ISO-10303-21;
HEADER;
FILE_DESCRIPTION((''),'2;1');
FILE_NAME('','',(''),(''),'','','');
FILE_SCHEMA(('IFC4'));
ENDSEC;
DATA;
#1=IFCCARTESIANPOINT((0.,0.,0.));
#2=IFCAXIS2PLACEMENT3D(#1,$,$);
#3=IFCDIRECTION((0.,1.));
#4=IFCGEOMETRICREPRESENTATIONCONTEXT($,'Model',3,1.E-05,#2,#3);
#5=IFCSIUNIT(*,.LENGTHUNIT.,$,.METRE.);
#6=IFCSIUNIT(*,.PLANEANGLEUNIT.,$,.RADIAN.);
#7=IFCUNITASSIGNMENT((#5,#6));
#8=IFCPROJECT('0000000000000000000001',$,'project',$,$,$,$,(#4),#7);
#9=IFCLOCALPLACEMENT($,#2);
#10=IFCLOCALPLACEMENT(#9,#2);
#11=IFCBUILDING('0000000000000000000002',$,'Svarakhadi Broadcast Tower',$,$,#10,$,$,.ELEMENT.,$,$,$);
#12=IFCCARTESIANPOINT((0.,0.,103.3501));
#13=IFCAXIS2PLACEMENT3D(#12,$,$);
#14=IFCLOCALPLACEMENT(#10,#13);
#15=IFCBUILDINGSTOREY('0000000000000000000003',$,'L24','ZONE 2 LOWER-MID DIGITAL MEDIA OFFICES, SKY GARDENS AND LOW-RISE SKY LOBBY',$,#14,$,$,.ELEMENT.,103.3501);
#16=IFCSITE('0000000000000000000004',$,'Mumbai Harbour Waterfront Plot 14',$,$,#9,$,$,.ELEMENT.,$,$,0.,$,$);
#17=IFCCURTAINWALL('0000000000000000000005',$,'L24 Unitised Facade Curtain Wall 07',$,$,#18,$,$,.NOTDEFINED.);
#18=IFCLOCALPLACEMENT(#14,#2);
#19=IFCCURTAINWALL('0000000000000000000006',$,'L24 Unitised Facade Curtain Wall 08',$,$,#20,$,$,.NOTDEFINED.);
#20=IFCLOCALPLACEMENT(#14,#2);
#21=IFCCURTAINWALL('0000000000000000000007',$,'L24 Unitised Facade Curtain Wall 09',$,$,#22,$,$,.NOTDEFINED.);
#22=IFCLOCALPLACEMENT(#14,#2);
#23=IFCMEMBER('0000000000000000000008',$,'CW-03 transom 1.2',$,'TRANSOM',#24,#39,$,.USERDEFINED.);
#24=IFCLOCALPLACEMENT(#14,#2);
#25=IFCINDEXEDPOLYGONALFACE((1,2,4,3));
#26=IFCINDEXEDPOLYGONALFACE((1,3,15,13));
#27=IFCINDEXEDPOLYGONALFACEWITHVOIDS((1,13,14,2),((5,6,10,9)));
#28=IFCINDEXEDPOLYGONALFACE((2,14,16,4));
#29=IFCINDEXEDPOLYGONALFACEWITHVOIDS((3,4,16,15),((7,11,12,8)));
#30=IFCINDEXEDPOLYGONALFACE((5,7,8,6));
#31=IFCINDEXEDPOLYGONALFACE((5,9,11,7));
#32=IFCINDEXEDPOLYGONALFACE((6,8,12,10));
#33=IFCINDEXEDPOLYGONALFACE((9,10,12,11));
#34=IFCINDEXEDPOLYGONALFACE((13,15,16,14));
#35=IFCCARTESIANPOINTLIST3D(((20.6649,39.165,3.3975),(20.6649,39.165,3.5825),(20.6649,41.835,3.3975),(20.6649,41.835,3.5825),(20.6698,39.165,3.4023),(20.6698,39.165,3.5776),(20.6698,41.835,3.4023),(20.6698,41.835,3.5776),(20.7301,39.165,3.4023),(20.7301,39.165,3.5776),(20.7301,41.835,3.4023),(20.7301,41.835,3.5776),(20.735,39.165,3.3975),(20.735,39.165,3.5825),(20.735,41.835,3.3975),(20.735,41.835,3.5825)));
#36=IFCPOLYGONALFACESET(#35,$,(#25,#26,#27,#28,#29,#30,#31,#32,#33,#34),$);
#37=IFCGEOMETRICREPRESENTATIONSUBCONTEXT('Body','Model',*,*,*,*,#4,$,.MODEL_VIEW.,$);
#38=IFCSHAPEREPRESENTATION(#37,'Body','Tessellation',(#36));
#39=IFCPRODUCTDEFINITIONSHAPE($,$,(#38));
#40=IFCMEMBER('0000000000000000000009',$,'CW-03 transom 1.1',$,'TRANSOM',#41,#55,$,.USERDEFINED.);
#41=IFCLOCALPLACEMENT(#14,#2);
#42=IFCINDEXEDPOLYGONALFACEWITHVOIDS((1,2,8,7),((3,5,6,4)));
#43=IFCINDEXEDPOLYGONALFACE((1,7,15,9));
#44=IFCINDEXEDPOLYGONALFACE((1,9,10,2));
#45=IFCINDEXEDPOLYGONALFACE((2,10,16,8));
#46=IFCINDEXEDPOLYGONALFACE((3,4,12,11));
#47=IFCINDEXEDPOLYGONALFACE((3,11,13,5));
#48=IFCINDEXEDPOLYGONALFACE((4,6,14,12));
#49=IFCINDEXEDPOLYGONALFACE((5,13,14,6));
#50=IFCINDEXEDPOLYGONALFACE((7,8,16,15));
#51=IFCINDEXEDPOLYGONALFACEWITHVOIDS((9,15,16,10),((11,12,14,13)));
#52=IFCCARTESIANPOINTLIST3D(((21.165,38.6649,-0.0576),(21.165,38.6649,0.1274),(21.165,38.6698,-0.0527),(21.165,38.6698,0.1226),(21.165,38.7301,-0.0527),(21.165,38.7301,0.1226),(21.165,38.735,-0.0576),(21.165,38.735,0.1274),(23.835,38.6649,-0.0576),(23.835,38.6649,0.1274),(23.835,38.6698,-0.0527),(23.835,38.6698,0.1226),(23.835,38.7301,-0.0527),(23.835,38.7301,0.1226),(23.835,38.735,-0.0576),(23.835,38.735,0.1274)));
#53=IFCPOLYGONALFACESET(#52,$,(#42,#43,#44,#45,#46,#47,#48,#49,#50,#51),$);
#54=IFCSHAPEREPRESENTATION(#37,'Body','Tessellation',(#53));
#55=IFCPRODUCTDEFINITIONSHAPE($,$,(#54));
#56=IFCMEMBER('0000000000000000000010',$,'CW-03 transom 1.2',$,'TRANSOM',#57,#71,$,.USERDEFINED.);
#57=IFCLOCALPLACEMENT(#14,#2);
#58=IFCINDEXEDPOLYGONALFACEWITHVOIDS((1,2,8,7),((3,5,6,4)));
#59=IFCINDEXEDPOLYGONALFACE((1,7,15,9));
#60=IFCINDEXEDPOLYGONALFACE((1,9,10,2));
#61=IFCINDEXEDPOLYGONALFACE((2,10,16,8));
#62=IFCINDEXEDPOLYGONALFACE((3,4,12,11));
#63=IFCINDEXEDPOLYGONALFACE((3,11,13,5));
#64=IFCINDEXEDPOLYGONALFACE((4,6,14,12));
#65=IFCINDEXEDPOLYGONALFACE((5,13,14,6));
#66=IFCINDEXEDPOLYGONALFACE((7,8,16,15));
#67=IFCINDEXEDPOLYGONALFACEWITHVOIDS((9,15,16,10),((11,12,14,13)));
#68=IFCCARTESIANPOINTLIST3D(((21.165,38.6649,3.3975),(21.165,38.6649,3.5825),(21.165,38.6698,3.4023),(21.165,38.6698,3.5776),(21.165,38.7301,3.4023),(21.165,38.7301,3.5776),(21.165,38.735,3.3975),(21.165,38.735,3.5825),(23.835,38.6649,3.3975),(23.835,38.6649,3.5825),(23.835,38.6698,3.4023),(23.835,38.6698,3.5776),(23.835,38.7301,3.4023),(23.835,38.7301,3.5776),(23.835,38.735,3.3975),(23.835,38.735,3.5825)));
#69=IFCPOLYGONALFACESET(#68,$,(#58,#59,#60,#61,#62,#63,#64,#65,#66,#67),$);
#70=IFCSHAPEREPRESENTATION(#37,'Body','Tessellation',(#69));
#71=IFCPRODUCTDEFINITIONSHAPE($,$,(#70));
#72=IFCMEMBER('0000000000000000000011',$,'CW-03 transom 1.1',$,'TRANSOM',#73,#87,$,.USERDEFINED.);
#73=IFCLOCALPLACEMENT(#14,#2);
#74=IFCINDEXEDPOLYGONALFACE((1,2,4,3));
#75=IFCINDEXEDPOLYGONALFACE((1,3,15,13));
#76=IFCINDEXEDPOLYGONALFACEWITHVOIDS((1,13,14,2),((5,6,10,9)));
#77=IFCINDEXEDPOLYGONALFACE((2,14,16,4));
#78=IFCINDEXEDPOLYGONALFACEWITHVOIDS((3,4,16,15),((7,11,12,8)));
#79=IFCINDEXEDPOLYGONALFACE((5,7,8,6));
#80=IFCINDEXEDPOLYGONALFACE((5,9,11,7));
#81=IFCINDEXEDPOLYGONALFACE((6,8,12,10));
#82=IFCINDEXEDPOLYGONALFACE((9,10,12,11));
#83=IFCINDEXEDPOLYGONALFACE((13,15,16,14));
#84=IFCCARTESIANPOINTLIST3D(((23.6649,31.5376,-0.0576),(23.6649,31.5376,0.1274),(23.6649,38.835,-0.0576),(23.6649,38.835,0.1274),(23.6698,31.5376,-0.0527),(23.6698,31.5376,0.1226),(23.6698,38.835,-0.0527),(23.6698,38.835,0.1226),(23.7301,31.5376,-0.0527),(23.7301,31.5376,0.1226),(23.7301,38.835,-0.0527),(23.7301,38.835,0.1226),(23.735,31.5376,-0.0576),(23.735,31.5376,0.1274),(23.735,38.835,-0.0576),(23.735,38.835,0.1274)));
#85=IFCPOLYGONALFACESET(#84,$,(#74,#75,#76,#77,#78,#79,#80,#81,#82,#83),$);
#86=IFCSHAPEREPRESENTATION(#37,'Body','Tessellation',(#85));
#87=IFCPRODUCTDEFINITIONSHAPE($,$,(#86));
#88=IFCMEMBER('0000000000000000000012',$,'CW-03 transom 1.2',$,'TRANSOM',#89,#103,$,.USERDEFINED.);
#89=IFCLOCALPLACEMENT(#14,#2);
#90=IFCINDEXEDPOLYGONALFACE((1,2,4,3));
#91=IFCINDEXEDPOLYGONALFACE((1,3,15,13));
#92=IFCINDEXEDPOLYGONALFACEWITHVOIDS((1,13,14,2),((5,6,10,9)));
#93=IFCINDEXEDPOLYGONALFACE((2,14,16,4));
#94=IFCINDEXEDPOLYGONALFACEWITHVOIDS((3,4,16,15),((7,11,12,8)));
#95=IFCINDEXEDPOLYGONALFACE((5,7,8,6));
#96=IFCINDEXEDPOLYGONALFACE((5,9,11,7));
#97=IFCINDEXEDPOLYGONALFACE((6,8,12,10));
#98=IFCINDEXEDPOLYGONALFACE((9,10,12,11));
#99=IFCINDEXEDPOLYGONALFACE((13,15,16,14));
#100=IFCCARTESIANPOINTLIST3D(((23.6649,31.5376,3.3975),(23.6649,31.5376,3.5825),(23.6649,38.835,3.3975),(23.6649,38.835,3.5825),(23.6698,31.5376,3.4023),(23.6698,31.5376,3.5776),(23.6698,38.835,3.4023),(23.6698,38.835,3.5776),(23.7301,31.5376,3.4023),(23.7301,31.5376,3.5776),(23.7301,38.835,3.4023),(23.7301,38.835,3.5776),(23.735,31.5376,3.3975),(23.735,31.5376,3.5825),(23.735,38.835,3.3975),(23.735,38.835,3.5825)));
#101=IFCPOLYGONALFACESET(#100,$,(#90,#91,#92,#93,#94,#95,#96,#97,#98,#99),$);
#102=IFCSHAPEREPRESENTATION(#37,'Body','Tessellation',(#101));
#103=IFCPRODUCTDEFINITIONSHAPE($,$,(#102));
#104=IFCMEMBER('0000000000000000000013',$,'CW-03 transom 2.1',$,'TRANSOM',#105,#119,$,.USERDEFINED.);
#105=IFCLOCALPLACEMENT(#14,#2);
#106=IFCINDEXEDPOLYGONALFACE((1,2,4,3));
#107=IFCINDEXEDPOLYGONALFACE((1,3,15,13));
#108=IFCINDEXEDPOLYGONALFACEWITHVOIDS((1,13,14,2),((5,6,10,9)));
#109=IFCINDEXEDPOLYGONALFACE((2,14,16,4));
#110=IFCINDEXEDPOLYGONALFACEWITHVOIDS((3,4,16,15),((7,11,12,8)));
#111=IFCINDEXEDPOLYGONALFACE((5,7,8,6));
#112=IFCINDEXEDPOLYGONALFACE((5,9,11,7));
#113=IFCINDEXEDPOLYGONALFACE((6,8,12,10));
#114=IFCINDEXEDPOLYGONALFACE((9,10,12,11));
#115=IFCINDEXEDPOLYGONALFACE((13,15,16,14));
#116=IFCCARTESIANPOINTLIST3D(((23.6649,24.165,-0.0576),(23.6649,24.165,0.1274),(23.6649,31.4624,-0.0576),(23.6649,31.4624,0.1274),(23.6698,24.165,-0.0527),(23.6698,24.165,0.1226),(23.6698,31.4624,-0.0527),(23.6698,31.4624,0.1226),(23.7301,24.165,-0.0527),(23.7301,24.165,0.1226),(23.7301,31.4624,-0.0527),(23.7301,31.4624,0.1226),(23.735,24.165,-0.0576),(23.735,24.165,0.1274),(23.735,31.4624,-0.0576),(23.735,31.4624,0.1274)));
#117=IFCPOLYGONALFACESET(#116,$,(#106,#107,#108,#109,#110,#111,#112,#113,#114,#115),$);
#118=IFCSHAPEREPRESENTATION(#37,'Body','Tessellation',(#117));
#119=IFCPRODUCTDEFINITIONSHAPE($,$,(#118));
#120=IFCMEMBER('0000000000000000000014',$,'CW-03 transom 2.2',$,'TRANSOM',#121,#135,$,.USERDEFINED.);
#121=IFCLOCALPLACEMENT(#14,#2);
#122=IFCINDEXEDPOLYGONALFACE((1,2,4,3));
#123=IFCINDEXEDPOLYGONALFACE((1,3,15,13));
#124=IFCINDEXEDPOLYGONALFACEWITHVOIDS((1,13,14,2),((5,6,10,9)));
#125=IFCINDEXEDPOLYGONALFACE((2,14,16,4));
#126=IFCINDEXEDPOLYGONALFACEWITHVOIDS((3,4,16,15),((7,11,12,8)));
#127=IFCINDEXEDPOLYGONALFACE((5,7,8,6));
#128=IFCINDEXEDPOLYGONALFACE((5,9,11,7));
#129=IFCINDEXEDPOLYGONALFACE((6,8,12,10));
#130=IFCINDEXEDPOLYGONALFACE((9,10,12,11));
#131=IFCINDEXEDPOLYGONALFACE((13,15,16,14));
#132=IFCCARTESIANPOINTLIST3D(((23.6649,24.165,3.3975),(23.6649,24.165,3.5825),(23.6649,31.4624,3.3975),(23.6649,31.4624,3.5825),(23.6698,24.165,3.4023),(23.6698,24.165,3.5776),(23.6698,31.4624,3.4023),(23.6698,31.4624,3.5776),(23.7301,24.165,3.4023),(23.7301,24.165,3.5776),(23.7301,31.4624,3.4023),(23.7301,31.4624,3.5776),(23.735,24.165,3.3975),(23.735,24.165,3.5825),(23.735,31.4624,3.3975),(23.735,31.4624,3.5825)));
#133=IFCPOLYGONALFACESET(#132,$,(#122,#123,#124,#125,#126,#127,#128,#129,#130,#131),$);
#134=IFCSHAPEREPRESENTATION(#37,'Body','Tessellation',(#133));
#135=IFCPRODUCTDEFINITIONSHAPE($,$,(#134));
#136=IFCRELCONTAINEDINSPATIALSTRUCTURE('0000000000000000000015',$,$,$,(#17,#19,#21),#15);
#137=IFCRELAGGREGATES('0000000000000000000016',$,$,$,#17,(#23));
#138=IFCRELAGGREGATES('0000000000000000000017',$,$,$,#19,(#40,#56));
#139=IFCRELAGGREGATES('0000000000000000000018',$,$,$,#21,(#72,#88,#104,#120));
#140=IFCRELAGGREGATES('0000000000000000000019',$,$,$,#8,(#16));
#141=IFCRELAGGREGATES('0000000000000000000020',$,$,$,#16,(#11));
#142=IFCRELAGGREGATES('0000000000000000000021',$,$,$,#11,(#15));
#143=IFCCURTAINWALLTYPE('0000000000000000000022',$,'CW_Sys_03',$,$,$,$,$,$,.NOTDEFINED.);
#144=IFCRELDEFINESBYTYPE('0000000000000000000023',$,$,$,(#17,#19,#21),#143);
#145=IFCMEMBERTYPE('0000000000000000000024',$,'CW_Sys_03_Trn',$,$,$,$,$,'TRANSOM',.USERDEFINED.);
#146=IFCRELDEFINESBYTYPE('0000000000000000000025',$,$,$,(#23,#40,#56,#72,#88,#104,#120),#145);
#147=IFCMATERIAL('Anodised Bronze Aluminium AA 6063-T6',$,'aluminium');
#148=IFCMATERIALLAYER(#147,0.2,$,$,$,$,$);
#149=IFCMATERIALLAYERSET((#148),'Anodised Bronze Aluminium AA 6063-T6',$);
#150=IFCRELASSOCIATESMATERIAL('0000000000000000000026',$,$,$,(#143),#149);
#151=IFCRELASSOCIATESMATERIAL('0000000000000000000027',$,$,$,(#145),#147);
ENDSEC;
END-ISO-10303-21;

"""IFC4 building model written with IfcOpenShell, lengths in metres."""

from ifc_helpers import new_model, si_unit, direction, frame, origin, origin_2d, place, context, subcontext, project, spatial, hollow_rectangle, extrude, material, layer, layer_set, material_profile, profile_set, type_object, element, aggregate, save


model = new_model("IFC4")

# Units and contexts
model_context = context("Model", 3, precision=1e-05, world=origin(), true_north=direction((0.0, 1.0)))
body_context = subcontext(model_context, "Body", "Model", "MODEL_VIEW")
ifc_project = project(units=[si_unit("LENGTHUNIT", "METRE"), si_unit("PLANEANGLEUNIT", "RADIAN")], contexts=[model_context])

# Site, building, storey
site_placement = place(None, origin())
site = spatial("IfcSite", under=ifc_project, at=site_placement, Name="Mumbai Harbour Waterfront Plot 14", CompositionType="ELEMENT", RefElevation=0.0)
building_placement = place(site_placement, origin())
building = spatial("IfcBuilding", under=site, at=building_placement, Name="Svarakhadi Broadcast Tower", CompositionType="ELEMENT")
storey_placement = place(building_placement, frame((0.0, 0.0, 103.3501)))
storey = spatial("IfcBuildingStorey", under=building, at=storey_placement, Name="L24", Description="ZONE 2 LOWER-MID DIGITAL MEDIA OFFICES, SKY GARDENS AND LOW-RISE SKY LOBBY", CompositionType="ELEMENT", Elevation=103.3501)

# Curtain walls
ifc_material_1 = material(Name="Anodised Bronze Aluminium AA 6063-T6", Category="aluminium")
ifc_layer_1 = layer(ifc_material_1, 0.2)
ifc_layer_set_1 = layer_set([ifc_layer_1], Name="Anodised Bronze Aluminium AA 6063-T6")
curtain_wall_type = type_object("IfcCurtainWallType", Name="CW_Sys_03", PredefinedType="NOTDEFINED", material=ifc_layer_set_1)
curtain_wall_1_placement = place(storey_placement, origin())
curtain_wall_1 = element("IfcCurtainWall", 1, at=curtain_wall_1_placement, inside=storey, type_object=curtain_wall_type, Name="L24 Unitised Facade Curtain Wall 07", PredefinedType="NOTDEFINED")
curtain_wall_2_placement = place(storey_placement, origin())
curtain_wall_2 = element("IfcCurtainWall", 2, at=curtain_wall_2_placement, inside=storey, type_object=curtain_wall_type, Name="L24 Unitised Facade Curtain Wall 08", PredefinedType="NOTDEFINED")
curtain_wall_3_placement = place(storey_placement, origin())
curtain_wall_3 = element("IfcCurtainWall", 3, at=curtain_wall_3_placement, inside=storey, type_object=curtain_wall_type, Name="L24 Unitised Facade Curtain Wall 09", PredefinedType="NOTDEFINED")

# Members
ifc_material_profile_1 = material_profile(ifc_material_1, hollow_rectangle(XDim=0.0701, YDim=0.1851, WallThickness=0.0049, at=origin_2d()), Name="ALU TRANSOM 185x70x5")
ifc_profile_set_1 = profile_set([ifc_material_profile_1], Name="Anodised Bronze Aluminium AA 6063-T6")
member_type_1 = type_object("IfcMemberType", Name="CW_Sys_03_Trn", ElementType="TRANSOM", PredefinedType="USERDEFINED", material=ifc_profile_set_1)
member_1_placement = place(storey_placement, frame((20.7, 41.835, 3.49), z_axis=(0.0, -1.0, 0.0), x_axis=(1.0, 0.0, 0.0)))
member_1 = element("IfcMember", 4, at=member_1_placement, type_object=member_type_1, Name="CW-03 transom 1.2", ObjectType="TRANSOM", PredefinedType="USERDEFINED", context=body_context, shape_type="SweptSolid", body=[
    extrude(hollow_rectangle(XDim=0.0701, YDim=0.1851, WallThickness=0.0049, at=origin_2d()), origin(), (0.0, 0.0, 1.0), 2.6699),
])
member_2_placement = place(storey_placement, frame((21.165, 38.7, 0.0349), z_axis=(1.0, 0.0, 0.0), x_axis=(0.0, 1.0, 0.0)))
member_2 = element("IfcMember", 5, at=member_2_placement, type_object=member_type_1, Name="CW-03 transom 1.1", ObjectType="TRANSOM", PredefinedType="USERDEFINED", context=body_context, shape_type="SweptSolid", body=[
    extrude(hollow_rectangle(XDim=0.0701, YDim=0.1851, WallThickness=0.0049, at=origin_2d()), origin(), (0.0, 0.0, 1.0), 2.6699),
])
member_3_placement = place(storey_placement, frame((21.165, 38.7, 3.49), z_axis=(1.0, 0.0, 0.0), x_axis=(0.0, 1.0, 0.0)))
member_3 = element("IfcMember", 6, at=member_3_placement, type_object=member_type_1, Name="CW-03 transom 1.2", ObjectType="TRANSOM", PredefinedType="USERDEFINED", context=body_context, shape_type="SweptSolid", body=[
    extrude(hollow_rectangle(XDim=0.0701, YDim=0.1851, WallThickness=0.0049, at=origin_2d()), origin(), (0.0, 0.0, 1.0), 2.6699),
])
member_4_placement = place(storey_placement, frame((23.7, 38.835, 0.0349), z_axis=(0.0, -1.0, 0.0), x_axis=(1.0, 0.0, 0.0)))
member_4 = element("IfcMember", 7, at=member_4_placement, type_object=member_type_1, Name="CW-03 transom 1.1", ObjectType="TRANSOM", PredefinedType="USERDEFINED", context=body_context, shape_type="SweptSolid", body=[
    extrude(hollow_rectangle(XDim=0.0701, YDim=0.1851, WallThickness=0.0049, at=origin_2d()), origin(), (0.0, 0.0, 1.0), 7.2974),
])
member_5_placement = place(storey_placement, frame((23.7, 38.835, 3.49), z_axis=(0.0, -1.0, 0.0), x_axis=(1.0, 0.0, 0.0)))
member_5 = element("IfcMember", 8, at=member_5_placement, type_object=member_type_1, Name="CW-03 transom 1.2", ObjectType="TRANSOM", PredefinedType="USERDEFINED", context=body_context, shape_type="SweptSolid", body=[
    extrude(hollow_rectangle(XDim=0.0701, YDim=0.1851, WallThickness=0.0049, at=origin_2d()), origin(), (0.0, 0.0, 1.0), 7.2974),
])
member_6_placement = place(storey_placement, frame((23.7, 31.4624, 0.0349), z_axis=(0.0, -1.0, 0.0), x_axis=(1.0, 0.0, 0.0)))
member_6 = element("IfcMember", 9, at=member_6_placement, type_object=member_type_1, Name="CW-03 transom 2.1", ObjectType="TRANSOM", PredefinedType="USERDEFINED", context=body_context, shape_type="SweptSolid", body=[
    extrude(hollow_rectangle(XDim=0.0701, YDim=0.1851, WallThickness=0.0049, at=origin_2d()), origin(), (0.0, 0.0, 1.0), 7.2974),
])
member_7_placement = place(storey_placement, frame((23.7, 31.4624, 3.49), z_axis=(0.0, -1.0, 0.0), x_axis=(1.0, 0.0, 0.0)))
member_7 = element("IfcMember", 10, at=member_7_placement, type_object=member_type_1, Name="CW-03 transom 2.2", ObjectType="TRANSOM", PredefinedType="USERDEFINED", context=body_context, shape_type="SweptSolid", body=[
    extrude(hollow_rectangle(XDim=0.0701, YDim=0.1851, WallThickness=0.0049, at=origin_2d()), origin(), (0.0, 0.0, 1.0), 7.2974),
])

aggregate(curtain_wall_1, [member_1])
aggregate(curtain_wall_2, [member_2, member_3])
aggregate(curtain_wall_3, [member_4, member_5, member_6, member_7])

save(model, "model.ifc")
